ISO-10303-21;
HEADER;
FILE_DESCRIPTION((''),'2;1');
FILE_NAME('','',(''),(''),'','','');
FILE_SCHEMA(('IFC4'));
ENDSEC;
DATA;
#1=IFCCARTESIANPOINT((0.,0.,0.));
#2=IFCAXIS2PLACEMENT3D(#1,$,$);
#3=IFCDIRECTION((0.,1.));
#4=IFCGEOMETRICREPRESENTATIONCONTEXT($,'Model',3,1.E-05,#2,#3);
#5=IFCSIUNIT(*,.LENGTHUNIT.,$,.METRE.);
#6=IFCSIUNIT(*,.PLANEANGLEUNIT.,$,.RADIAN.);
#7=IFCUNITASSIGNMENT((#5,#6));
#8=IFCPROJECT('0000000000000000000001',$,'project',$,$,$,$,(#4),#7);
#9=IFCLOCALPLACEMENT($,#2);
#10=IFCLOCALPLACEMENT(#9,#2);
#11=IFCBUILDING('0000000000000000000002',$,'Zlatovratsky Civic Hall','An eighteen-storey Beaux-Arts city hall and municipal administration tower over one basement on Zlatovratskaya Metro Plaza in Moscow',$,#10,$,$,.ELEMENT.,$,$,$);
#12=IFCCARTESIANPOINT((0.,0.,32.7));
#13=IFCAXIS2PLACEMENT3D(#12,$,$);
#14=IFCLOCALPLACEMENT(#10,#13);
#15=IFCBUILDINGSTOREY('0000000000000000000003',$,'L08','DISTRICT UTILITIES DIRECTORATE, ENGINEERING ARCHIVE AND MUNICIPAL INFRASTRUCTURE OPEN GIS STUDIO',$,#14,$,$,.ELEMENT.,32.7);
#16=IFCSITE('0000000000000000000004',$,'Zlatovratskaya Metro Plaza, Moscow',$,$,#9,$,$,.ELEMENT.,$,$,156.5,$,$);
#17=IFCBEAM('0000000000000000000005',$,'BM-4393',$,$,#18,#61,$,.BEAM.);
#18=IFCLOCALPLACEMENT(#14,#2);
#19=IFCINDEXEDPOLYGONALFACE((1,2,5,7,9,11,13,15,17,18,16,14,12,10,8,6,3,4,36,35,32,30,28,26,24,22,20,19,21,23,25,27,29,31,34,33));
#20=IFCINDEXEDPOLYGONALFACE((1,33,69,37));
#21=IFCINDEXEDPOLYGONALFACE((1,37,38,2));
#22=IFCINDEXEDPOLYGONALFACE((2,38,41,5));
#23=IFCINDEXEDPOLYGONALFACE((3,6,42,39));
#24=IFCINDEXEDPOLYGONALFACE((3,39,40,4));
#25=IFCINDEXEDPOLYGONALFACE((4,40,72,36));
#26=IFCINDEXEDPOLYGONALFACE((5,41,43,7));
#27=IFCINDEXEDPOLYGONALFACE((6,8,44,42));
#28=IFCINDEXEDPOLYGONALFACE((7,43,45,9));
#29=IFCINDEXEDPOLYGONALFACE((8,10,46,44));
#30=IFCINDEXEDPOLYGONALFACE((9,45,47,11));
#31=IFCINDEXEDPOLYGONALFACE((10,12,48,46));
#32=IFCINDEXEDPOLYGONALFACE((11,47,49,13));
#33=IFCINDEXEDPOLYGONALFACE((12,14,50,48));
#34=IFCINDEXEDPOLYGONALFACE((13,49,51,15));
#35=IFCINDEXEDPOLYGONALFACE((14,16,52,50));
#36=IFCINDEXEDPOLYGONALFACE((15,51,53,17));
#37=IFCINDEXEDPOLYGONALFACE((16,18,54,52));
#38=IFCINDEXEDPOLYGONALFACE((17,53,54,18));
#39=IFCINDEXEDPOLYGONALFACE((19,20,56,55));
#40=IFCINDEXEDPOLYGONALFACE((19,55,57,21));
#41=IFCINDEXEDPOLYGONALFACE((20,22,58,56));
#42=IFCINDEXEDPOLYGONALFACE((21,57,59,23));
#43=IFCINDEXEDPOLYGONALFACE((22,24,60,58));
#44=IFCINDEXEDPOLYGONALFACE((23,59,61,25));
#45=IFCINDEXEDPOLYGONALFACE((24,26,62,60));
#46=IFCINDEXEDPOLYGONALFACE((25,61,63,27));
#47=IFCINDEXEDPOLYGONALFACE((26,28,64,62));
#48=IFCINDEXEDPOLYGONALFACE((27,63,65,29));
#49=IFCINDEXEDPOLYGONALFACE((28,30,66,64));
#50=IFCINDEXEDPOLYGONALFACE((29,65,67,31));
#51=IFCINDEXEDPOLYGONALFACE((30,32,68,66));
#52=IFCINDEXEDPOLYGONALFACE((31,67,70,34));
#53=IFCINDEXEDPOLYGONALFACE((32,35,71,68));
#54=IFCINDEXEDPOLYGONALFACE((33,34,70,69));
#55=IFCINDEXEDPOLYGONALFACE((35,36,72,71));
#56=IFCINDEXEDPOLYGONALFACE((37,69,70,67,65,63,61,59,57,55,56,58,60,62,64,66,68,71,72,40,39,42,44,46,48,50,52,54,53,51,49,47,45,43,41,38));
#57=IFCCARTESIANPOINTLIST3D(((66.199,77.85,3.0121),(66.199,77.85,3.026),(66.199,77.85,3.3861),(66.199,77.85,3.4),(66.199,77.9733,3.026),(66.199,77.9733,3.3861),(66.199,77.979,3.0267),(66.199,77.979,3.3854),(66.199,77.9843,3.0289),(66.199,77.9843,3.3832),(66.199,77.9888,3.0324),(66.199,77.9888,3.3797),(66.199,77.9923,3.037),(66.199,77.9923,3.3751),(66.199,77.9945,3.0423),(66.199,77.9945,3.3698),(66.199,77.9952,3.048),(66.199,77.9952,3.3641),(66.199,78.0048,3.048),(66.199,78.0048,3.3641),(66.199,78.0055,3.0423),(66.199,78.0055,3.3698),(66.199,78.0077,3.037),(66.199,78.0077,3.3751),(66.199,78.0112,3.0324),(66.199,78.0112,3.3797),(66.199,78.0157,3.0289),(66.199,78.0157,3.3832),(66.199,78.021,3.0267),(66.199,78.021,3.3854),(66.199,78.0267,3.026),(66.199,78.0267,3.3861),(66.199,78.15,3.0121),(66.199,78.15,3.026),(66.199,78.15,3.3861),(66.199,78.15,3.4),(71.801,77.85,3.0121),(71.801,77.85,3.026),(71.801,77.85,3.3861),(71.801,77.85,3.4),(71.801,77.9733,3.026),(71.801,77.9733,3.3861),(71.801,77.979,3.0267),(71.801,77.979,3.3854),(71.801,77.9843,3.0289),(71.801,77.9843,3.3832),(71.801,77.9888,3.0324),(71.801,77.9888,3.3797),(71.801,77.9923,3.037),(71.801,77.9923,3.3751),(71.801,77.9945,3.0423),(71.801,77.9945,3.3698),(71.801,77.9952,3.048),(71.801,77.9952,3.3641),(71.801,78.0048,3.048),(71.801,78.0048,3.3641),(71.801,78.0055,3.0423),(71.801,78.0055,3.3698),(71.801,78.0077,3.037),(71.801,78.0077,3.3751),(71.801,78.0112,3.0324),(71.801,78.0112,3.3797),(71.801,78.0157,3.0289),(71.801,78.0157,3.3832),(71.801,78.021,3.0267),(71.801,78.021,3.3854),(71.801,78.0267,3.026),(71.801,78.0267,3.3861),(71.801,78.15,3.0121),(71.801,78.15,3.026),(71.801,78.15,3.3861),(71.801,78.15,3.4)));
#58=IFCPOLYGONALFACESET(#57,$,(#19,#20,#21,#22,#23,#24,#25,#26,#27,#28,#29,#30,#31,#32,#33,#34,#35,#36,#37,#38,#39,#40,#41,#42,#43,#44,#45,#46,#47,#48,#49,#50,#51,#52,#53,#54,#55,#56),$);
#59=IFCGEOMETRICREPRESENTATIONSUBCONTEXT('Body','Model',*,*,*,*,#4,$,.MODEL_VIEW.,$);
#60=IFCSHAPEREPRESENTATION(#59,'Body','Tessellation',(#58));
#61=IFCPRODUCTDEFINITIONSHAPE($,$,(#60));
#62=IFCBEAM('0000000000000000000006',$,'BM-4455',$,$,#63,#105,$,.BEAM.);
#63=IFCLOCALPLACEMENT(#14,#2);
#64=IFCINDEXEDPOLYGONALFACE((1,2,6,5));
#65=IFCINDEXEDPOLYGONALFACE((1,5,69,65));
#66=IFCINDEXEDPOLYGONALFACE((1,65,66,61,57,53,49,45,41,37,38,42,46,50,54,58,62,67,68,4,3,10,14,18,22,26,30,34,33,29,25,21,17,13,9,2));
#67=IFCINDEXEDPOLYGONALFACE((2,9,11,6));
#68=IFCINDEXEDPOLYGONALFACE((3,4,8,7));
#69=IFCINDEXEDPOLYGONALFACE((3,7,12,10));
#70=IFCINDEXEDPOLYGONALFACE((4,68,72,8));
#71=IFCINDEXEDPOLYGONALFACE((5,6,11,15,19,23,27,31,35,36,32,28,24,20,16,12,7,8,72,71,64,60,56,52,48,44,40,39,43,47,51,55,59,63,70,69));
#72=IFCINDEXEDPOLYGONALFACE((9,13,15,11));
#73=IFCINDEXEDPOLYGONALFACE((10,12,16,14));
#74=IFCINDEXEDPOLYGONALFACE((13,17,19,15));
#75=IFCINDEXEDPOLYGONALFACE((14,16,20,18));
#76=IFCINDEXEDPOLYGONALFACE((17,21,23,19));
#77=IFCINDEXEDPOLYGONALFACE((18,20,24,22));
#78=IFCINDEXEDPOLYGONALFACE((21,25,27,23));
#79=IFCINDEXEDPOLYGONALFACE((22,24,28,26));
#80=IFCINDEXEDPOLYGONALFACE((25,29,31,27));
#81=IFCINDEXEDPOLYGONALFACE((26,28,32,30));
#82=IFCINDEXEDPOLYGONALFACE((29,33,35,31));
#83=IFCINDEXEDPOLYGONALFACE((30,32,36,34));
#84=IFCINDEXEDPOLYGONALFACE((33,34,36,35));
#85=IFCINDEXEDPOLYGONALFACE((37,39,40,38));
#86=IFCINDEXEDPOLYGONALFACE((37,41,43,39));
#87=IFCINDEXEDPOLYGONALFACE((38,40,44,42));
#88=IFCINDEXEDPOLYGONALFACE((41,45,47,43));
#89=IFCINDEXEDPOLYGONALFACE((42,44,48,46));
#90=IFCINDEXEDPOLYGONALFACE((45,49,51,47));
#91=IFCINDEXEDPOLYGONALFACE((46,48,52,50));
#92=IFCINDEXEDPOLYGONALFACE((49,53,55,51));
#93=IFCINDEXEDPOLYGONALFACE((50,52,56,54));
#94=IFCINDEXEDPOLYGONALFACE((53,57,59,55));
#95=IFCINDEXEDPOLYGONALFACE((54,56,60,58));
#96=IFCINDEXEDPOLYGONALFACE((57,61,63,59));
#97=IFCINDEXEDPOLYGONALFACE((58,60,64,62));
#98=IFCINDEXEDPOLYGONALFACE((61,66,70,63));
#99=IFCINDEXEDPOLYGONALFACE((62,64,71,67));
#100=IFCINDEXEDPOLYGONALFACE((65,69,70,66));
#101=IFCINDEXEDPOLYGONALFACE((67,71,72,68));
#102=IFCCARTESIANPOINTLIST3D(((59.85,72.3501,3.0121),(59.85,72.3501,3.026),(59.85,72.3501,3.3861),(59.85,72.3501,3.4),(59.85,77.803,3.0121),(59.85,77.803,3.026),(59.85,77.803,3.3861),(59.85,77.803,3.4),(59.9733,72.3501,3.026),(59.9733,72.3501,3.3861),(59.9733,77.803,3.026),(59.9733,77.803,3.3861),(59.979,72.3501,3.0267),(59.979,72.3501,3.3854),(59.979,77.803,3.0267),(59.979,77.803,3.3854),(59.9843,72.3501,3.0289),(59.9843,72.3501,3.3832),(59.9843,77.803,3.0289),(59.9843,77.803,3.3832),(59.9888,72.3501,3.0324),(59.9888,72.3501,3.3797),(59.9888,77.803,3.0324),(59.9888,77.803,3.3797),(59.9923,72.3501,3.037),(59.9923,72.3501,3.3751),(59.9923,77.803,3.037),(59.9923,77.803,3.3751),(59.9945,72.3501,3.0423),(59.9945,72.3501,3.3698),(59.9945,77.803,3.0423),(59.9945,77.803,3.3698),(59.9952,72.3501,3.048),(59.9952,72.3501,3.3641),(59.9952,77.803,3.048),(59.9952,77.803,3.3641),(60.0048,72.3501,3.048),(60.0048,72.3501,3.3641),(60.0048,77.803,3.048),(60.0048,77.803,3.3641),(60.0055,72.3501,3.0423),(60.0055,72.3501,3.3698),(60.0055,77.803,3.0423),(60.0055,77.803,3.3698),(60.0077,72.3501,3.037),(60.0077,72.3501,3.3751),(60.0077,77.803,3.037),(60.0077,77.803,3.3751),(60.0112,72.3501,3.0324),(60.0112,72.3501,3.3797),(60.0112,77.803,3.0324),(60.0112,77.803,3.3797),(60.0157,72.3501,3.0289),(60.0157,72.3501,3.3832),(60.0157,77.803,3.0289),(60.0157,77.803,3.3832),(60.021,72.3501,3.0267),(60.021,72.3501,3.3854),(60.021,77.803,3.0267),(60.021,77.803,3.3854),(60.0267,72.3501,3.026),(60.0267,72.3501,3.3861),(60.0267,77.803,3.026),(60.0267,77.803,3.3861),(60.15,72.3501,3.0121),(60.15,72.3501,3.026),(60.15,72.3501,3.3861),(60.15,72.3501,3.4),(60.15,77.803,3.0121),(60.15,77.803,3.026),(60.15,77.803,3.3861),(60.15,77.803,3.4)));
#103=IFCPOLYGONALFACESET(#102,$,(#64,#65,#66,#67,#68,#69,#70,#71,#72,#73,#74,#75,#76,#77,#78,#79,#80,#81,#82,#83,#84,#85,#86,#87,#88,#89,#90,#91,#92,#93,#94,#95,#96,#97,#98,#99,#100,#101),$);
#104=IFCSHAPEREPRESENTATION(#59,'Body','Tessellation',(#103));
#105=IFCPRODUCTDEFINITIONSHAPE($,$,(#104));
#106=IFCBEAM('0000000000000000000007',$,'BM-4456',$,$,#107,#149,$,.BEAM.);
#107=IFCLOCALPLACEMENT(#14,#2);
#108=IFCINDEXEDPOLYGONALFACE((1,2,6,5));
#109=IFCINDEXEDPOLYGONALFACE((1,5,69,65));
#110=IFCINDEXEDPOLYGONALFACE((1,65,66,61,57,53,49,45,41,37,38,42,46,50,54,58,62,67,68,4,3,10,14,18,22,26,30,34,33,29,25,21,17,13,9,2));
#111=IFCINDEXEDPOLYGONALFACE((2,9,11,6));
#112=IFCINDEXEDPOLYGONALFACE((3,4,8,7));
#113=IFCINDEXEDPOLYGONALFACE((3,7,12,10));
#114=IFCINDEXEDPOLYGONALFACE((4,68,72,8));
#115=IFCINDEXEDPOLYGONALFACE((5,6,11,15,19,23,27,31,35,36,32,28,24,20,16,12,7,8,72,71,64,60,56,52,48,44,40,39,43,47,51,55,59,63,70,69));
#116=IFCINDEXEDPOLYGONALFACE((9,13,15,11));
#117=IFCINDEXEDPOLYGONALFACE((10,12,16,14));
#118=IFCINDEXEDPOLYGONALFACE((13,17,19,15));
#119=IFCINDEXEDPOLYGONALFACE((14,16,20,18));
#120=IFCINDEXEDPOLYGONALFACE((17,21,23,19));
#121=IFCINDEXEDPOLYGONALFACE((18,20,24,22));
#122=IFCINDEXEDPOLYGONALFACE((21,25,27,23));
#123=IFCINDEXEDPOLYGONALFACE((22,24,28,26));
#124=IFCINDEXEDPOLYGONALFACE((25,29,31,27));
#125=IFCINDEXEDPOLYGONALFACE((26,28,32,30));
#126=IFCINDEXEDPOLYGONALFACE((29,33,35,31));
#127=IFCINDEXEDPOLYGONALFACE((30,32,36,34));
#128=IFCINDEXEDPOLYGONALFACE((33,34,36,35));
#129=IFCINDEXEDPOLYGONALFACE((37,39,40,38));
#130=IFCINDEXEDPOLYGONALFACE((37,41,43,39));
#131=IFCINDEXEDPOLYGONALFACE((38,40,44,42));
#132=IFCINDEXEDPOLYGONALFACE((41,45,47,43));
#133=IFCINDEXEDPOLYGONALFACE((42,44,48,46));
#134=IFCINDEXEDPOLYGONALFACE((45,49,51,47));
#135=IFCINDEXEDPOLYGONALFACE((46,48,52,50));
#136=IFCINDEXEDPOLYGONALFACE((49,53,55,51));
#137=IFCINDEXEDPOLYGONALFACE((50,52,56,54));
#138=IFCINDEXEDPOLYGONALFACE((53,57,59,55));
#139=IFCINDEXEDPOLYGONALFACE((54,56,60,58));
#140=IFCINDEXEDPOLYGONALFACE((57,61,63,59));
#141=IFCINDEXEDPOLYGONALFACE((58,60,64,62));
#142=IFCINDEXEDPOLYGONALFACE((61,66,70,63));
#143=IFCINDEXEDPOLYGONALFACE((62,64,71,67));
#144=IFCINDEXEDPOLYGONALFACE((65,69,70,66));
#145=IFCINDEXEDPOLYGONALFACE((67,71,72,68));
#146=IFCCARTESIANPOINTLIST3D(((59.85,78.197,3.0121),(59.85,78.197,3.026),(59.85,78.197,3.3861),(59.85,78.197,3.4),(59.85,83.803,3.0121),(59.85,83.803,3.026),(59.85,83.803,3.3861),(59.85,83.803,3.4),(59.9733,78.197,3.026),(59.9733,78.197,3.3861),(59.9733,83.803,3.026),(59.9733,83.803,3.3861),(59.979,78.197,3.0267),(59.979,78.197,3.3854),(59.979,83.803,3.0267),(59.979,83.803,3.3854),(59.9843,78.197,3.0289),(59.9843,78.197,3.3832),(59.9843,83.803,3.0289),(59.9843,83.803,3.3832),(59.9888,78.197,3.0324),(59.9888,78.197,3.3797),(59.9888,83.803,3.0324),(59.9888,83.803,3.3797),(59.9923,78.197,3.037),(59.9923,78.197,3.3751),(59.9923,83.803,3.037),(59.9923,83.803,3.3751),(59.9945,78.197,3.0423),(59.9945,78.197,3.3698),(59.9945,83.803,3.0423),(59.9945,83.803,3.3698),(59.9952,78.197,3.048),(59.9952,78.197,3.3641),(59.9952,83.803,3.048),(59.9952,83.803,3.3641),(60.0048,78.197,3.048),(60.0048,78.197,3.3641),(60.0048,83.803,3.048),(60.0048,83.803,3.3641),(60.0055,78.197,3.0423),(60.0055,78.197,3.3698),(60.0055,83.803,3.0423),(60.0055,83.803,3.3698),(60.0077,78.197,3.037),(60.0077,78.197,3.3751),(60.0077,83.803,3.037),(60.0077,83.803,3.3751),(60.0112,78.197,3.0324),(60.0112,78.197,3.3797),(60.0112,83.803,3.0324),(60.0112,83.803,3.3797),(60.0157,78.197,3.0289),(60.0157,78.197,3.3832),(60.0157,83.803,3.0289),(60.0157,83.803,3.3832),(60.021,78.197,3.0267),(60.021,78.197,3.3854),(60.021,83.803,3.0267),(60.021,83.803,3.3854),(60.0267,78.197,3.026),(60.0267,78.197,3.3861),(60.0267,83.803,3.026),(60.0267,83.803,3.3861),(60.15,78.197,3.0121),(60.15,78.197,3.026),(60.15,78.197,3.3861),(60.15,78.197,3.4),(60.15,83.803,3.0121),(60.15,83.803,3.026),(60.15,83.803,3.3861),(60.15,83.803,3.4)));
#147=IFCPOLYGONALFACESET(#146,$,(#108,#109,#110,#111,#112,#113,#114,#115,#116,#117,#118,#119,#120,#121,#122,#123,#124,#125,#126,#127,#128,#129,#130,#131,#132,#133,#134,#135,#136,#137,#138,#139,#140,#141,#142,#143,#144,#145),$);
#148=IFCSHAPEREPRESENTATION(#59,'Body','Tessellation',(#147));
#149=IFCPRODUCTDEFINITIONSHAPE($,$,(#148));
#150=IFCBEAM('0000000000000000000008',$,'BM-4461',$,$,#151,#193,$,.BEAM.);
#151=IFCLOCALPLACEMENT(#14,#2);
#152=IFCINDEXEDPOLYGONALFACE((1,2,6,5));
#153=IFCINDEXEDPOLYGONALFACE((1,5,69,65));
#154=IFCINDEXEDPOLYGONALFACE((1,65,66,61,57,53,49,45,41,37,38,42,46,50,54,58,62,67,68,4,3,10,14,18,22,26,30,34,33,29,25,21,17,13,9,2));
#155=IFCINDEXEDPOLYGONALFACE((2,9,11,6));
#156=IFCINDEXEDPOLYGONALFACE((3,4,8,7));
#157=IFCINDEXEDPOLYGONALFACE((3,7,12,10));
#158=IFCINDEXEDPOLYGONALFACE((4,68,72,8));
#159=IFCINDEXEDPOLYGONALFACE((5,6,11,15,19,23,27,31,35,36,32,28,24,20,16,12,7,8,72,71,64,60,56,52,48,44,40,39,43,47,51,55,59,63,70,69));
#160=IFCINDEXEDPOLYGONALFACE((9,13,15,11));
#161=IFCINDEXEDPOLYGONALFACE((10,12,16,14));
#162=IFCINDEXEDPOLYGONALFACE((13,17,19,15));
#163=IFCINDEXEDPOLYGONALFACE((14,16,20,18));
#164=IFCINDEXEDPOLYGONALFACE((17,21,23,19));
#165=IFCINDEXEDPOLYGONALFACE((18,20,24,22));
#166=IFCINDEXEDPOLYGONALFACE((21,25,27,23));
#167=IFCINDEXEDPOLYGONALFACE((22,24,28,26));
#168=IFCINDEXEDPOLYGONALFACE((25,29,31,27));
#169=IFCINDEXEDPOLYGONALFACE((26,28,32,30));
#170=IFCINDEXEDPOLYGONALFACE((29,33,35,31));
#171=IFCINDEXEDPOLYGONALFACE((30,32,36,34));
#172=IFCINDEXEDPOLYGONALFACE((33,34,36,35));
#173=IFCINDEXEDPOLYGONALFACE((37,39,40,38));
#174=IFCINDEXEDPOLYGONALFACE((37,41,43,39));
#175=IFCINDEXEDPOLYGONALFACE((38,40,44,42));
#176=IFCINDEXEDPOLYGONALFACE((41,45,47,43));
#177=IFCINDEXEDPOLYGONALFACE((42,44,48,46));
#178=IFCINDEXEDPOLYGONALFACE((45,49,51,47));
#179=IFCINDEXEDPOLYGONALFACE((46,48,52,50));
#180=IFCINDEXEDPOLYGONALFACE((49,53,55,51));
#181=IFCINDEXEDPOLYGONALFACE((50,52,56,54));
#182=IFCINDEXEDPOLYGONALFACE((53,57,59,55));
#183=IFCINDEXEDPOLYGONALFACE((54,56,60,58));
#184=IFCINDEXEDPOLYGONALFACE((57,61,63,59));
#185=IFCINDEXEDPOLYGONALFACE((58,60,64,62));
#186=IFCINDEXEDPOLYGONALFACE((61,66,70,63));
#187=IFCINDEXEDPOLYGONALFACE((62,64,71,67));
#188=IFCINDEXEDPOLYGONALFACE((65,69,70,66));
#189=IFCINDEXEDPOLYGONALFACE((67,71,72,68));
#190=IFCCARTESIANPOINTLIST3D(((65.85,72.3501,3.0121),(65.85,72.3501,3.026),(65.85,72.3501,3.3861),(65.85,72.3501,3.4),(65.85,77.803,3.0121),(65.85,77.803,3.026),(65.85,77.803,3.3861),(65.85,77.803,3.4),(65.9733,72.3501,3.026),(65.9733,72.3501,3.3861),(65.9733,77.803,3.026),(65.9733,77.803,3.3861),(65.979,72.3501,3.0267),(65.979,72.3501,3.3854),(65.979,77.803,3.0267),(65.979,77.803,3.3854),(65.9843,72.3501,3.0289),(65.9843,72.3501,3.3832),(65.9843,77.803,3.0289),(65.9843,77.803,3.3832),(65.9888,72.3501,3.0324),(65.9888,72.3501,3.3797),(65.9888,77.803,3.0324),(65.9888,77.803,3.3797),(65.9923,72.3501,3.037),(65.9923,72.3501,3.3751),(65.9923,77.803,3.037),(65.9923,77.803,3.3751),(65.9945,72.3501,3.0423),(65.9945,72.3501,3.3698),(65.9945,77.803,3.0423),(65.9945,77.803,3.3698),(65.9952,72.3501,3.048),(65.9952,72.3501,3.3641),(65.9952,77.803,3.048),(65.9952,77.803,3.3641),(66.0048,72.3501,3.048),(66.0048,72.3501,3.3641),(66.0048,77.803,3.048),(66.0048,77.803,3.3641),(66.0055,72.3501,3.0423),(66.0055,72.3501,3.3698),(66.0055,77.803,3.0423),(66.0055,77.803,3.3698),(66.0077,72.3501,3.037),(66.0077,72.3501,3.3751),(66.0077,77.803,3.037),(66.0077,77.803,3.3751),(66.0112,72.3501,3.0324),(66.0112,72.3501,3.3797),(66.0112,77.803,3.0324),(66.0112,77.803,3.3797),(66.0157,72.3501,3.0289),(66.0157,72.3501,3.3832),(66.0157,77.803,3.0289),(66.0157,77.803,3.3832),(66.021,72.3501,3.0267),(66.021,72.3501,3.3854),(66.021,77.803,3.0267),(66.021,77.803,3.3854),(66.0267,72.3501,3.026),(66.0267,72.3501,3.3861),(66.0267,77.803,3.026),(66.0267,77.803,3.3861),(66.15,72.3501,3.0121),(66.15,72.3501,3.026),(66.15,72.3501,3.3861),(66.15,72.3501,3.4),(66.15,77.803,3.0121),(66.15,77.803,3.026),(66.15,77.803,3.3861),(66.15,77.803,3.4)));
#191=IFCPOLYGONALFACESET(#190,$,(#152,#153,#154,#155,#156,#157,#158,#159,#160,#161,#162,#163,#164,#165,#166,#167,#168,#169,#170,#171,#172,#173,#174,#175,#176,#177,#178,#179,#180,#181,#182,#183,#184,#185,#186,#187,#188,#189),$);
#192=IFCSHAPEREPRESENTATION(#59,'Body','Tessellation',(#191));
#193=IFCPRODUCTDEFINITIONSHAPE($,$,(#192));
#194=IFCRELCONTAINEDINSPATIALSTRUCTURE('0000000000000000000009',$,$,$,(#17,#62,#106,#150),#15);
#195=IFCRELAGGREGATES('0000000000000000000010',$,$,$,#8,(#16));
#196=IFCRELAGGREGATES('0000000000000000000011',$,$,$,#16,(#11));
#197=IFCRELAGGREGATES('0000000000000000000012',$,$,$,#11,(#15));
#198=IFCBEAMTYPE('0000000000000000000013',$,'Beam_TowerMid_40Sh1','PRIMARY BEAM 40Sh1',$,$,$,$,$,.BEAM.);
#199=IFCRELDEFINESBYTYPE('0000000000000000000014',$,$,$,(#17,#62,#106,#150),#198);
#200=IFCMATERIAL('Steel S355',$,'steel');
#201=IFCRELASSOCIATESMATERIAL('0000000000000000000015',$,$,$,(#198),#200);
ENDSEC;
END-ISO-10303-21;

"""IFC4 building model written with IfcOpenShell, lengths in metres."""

from ifc_helpers import new_model, si_unit, direction, frame, origin, origin_2d, place, context, subcontext, project, spatial, i_section, extrude, material, material_profile, profile_set, type_object, element, save


model = new_model("IFC4")

# Units and contexts
model_context = context("Model", 3, precision=1e-05, world=origin(), true_north=direction((0.0, 1.0)))
body_context = subcontext(model_context, "Body", "Model", "MODEL_VIEW")
ifc_project = project(units=[si_unit("LENGTHUNIT", "METRE"), si_unit("PLANEANGLEUNIT", "RADIAN")], contexts=[model_context])

# Site, building, storey
site_placement = place(None, origin())
site = spatial("IfcSite", under=ifc_project, at=site_placement, Name="Zlatovratskaya Metro Plaza, Moscow", CompositionType="ELEMENT", RefElevation=156.5)
building_placement = place(site_placement, origin())
building = spatial("IfcBuilding", under=site, at=building_placement, Name="Zlatovratsky Civic Hall", Description="An eighteen-storey Beaux-Arts city hall and municipal administration tower over one basement on Zlatovratskaya Metro Plaza in Moscow", CompositionType="ELEMENT")
storey_placement = place(building_placement, frame((0.0, 0.0, 32.7)))
storey = spatial("IfcBuildingStorey", under=building, at=storey_placement, Name="L08", Description="DISTRICT UTILITIES DIRECTORATE, ENGINEERING ARCHIVE AND MUNICIPAL INFRASTRUCTURE OPEN GIS STUDIO", CompositionType="ELEMENT", Elevation=32.7)

# Shared definitions
ifc_material_1 = material(Name="Steel S355", Category="steel")

# Beams
ifc_material_profile_1 = material_profile(ifc_material_1, i_section(OverallWidth=0.3, OverallDepth=0.3879, WebThickness=0.0095, FlangeThickness=0.0139, FilletRadius=0.022, at=origin_2d()), Name="40Sh1")
ifc_profile_set_1 = profile_set([ifc_material_profile_1], Name="Steel S355")
beam_type_1 = type_object("IfcBeamType", Name="Beam_TowerMid_40Sh1", Description="PRIMARY BEAM 40Sh1", PredefinedType="BEAM", material=ifc_profile_set_1)
for number, where, z_axis, x_axis, name in (
    (1, (66.199, 78.0, 3.2061), (1.0, 0.0, 0.0), (0.0, 1.0, 0.0), "BM-4393"),
):
    element("IfcBeam", number, at=place(storey_placement, frame(where, z_axis=z_axis, x_axis=x_axis)), inside=storey, type_object=beam_type_1, Name=name, PredefinedType="BEAM", context=body_context, shape_type="SweptSolid", body=[
        extrude(i_section(OverallWidth=0.3, OverallDepth=0.3879, WebThickness=0.0095, FlangeThickness=0.0139, FilletRadius=0.022, at=origin_2d()), origin(), (0.0, 0.0, 1.0), 5.6021),
    ])
beam_1_placement = place(storey_placement, frame((60.0, 72.3501, 3.2061), z_axis=(0.0, 1.0, 0.0), x_axis=(-1.0, 0.0, 0.0)))
element("IfcBeam", 2, at=beam_1_placement, inside=storey, type_object=beam_type_1, Name="BM-4455", PredefinedType="BEAM", context=body_context, shape_type="SweptSolid", body=[
    extrude(i_section(OverallWidth=0.3, OverallDepth=0.3879, WebThickness=0.0095, FlangeThickness=0.0139, FilletRadius=0.022, at=origin_2d()), origin(), (0.0, 0.0, 1.0), 5.4529),
])
beam_2_placement = place(storey_placement, frame((60.0, 78.197, 3.2061), z_axis=(0.0, 1.0, 0.0), x_axis=(-1.0, 0.0, 0.0)))
element("IfcBeam", 3, at=beam_2_placement, inside=storey, type_object=beam_type_1, Name="BM-4456", PredefinedType="BEAM", context=body_context, shape_type="SweptSolid", body=[
    extrude(i_section(OverallWidth=0.3, OverallDepth=0.3879, WebThickness=0.0095, FlangeThickness=0.0139, FilletRadius=0.022, at=origin_2d()), origin(), (0.0, 0.0, 1.0), 5.606),
])
beam_3_placement = place(storey_placement, frame((66.0, 72.3501, 3.2061), z_axis=(0.0, 1.0, 0.0), x_axis=(-1.0, 0.0, 0.0)))
element("IfcBeam", 4, at=beam_3_placement, inside=storey, type_object=beam_type_1, Name="BM-4461", PredefinedType="BEAM", context=body_context, shape_type="SweptSolid", body=[
    extrude(i_section(OverallWidth=0.3, OverallDepth=0.3879, WebThickness=0.0095, FlangeThickness=0.0139, FilletRadius=0.022, at=origin_2d()), origin(), (0.0, 0.0, 1.0), 5.4529),
])

save(model, "model.ifc")
